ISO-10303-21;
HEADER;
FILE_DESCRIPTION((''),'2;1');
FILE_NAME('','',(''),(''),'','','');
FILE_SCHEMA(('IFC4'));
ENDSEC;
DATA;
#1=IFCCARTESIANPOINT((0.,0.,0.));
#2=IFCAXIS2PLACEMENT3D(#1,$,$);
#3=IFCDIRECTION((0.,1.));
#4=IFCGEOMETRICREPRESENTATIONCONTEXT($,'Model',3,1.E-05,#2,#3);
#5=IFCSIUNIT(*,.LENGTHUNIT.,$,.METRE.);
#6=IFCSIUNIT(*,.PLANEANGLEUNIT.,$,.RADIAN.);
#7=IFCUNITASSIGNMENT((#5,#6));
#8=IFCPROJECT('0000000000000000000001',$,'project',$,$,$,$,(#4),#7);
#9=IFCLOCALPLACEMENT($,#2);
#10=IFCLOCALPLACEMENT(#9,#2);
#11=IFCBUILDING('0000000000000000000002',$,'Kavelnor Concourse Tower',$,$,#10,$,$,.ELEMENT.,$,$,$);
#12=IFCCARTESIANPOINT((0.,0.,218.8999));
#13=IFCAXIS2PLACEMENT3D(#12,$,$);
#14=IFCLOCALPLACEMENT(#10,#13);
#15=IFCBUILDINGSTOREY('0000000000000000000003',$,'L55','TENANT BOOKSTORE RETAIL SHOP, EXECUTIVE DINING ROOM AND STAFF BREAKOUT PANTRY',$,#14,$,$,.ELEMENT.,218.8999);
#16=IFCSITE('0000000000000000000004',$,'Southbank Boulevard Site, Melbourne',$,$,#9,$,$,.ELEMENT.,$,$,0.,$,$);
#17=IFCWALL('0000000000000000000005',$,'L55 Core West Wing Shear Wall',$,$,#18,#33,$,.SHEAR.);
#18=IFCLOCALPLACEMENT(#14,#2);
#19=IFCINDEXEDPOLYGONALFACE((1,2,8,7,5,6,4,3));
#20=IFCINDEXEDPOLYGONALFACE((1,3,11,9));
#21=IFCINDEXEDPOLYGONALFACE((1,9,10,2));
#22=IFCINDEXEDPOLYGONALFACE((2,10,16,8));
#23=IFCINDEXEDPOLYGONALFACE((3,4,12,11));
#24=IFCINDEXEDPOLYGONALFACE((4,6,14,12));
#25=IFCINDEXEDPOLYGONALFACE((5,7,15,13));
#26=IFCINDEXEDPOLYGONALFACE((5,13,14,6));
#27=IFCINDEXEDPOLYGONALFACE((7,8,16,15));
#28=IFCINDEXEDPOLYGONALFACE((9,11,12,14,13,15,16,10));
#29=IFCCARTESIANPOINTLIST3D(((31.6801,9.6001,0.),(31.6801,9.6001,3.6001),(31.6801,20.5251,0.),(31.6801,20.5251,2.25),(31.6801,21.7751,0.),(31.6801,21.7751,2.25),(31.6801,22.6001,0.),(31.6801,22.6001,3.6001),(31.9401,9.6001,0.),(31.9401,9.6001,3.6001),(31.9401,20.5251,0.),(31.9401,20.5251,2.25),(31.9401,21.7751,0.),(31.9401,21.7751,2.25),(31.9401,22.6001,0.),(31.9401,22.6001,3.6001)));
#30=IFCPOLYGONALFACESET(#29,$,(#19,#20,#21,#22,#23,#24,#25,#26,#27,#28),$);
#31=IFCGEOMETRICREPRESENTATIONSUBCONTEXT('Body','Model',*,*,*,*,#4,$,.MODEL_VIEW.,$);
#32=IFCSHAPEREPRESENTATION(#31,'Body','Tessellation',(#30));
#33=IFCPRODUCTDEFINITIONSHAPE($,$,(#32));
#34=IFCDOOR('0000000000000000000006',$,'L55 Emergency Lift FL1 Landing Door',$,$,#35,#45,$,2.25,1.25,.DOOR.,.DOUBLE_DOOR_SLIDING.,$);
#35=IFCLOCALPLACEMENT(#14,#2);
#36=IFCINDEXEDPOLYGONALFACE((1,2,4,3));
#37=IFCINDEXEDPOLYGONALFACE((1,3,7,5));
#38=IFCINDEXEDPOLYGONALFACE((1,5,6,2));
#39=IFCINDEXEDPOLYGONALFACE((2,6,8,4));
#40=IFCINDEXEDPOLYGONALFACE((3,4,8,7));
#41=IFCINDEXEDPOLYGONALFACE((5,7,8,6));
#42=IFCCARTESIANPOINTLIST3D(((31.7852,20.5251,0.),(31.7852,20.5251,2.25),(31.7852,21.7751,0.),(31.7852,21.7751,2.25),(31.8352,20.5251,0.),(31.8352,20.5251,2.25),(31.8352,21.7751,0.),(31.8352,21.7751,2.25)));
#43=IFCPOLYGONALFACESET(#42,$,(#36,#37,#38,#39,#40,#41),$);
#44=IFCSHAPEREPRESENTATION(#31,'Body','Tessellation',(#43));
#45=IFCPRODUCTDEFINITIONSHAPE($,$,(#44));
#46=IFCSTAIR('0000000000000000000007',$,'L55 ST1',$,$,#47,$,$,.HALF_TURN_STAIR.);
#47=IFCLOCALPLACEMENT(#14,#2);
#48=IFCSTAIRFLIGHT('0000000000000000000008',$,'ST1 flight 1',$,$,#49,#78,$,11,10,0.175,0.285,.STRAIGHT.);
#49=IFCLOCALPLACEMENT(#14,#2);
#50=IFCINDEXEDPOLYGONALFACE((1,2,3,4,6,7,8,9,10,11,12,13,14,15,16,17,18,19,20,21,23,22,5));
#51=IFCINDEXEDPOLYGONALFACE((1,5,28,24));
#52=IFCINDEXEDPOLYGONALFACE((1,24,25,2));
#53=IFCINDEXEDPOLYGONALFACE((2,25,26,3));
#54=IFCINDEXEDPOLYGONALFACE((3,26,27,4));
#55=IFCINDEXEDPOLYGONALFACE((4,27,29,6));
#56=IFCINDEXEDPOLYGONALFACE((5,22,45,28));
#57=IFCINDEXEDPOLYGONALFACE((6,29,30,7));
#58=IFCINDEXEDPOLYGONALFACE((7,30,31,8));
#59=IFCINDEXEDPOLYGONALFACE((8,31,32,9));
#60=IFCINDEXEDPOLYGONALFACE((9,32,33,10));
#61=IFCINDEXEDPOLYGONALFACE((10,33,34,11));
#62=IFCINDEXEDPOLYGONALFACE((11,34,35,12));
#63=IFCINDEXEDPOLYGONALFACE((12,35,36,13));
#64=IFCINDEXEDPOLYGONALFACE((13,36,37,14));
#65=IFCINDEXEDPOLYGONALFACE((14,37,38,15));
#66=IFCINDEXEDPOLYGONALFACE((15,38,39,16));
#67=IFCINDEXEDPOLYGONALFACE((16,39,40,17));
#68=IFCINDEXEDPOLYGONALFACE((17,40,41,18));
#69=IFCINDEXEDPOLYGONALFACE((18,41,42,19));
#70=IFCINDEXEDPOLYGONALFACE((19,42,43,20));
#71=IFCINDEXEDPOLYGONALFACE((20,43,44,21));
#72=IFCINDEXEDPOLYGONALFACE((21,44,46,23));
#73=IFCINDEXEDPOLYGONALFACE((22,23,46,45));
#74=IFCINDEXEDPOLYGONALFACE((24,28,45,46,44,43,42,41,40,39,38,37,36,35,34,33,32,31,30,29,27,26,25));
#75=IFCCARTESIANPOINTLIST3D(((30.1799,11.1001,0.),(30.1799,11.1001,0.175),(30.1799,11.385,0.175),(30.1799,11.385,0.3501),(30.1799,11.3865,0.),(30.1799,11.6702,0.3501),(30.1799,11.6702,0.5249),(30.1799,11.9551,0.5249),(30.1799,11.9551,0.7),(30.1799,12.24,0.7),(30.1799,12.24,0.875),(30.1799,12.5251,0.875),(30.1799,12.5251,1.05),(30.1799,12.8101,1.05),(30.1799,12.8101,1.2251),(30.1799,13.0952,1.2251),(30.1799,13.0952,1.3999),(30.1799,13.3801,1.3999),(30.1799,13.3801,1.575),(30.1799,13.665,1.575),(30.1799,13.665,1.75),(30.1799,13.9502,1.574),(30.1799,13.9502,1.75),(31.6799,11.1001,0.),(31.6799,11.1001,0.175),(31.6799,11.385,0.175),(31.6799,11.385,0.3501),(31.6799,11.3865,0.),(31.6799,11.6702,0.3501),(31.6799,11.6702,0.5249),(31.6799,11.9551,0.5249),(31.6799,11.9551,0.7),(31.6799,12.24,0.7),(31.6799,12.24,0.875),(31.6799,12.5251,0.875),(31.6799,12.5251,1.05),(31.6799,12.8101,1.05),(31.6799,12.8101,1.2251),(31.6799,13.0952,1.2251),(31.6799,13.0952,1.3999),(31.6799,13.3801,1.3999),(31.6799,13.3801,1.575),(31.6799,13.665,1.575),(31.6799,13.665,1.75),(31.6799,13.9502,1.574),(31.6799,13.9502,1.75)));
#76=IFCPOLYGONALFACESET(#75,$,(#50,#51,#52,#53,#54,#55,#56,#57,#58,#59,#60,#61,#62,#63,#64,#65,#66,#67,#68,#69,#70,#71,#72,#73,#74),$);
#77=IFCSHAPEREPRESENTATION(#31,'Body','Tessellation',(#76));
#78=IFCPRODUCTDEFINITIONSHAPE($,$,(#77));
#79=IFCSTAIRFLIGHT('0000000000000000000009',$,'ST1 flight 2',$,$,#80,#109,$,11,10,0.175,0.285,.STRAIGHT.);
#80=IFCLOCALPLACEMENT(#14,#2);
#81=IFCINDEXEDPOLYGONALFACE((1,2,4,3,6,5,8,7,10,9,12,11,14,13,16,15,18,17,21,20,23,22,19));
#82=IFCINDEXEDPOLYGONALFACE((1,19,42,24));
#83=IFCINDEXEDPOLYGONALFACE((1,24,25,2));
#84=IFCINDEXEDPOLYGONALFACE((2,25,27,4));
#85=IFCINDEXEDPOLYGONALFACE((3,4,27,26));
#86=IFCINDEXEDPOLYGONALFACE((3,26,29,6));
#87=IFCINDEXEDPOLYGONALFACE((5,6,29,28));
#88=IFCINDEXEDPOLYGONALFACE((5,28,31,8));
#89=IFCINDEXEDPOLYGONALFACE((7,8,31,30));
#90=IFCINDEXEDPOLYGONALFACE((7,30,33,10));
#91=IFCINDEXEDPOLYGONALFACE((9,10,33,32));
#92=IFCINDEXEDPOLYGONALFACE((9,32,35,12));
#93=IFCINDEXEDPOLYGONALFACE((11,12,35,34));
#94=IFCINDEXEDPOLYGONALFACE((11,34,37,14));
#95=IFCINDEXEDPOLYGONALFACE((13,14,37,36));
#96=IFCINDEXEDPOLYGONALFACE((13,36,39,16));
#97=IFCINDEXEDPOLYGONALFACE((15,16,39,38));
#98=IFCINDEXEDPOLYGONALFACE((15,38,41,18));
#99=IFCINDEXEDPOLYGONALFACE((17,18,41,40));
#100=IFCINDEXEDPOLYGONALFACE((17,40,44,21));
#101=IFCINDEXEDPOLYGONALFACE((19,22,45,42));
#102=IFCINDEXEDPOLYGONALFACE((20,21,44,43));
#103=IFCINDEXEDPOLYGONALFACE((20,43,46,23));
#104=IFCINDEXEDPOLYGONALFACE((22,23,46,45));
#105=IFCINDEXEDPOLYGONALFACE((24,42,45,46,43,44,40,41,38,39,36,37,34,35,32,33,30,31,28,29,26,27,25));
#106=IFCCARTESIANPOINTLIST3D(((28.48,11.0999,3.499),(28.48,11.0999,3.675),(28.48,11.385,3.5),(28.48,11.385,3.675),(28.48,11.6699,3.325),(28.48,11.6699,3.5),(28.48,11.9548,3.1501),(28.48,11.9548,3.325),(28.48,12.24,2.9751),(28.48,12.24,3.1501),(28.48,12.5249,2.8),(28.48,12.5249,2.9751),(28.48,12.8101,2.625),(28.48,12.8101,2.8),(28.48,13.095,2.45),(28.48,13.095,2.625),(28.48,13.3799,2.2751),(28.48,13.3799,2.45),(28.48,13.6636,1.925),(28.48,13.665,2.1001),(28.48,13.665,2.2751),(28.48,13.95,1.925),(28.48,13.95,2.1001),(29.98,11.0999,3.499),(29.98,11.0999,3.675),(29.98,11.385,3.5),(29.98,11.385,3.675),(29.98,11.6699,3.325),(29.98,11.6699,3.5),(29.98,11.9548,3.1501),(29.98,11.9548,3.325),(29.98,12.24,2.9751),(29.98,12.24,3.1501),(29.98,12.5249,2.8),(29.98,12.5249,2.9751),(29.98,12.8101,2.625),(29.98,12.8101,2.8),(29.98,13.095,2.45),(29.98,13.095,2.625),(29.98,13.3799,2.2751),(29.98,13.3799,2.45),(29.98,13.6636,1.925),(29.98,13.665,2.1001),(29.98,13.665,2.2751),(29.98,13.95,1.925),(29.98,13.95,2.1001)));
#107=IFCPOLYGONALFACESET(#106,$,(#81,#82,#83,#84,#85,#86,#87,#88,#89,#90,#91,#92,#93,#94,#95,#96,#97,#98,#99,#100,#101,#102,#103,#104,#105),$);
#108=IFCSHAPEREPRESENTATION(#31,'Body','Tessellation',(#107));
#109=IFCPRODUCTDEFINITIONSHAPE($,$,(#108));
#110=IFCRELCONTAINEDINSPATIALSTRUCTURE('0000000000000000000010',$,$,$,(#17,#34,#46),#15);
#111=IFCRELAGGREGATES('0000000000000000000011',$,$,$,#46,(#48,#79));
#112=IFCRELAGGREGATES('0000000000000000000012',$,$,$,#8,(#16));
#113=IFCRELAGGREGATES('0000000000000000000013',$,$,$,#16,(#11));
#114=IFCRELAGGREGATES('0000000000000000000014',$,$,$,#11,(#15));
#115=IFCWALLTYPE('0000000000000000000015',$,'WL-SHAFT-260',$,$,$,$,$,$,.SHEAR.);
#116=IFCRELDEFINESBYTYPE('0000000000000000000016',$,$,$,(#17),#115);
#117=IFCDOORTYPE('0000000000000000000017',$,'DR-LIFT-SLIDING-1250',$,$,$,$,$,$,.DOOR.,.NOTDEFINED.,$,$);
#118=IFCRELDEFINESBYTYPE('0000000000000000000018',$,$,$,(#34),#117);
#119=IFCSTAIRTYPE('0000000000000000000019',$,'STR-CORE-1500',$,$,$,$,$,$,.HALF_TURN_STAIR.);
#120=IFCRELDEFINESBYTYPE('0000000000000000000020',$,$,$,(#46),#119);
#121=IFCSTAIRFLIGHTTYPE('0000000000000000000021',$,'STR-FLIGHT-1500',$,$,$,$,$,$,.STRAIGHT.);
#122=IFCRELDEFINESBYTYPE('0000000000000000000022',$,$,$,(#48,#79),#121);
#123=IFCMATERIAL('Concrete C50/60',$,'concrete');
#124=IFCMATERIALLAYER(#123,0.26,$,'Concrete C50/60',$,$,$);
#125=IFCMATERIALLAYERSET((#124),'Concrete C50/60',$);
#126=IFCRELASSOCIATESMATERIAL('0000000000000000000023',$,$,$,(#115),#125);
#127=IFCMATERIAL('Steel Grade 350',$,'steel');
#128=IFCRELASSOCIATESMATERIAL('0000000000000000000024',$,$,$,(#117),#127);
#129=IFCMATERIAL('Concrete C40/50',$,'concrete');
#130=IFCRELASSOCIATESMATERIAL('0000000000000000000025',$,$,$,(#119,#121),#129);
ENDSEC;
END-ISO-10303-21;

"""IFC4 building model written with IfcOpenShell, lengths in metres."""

from ifc_helpers import new_model, si_unit, direction, frame, frame_2d, origin, place, context, subcontext, project, spatial, polyline, rectangle, outline, extrude, material, layer, layer_set, type_object, element, fill, aggregate, save


model = new_model("IFC4")

# Units and contexts
model_context = context("Model", 3, precision=1e-05, world=origin(), true_north=direction((0.0, 1.0)))
body_context = subcontext(model_context, "Body", "Model", "MODEL_VIEW")
ifc_project = project(units=[si_unit("LENGTHUNIT", "METRE"), si_unit("PLANEANGLEUNIT", "RADIAN")], contexts=[model_context])

# Site, building, storey
site_placement = place(None, origin())
site = spatial("IfcSite", under=ifc_project, at=site_placement, Name="Southbank Boulevard Site, Melbourne", CompositionType="ELEMENT", RefElevation=0.0)
building_placement = place(site_placement, origin())
building = spatial("IfcBuilding", under=site, at=building_placement, Name="Kavelnor Concourse Tower", CompositionType="ELEMENT")
storey_placement = place(building_placement, frame((0.0, 0.0, 218.8999)))
storey = spatial("IfcBuildingStorey", under=building, at=storey_placement, Name="L55", Description="TENANT BOOKSTORE RETAIL SHOP, EXECUTIVE DINING ROOM AND STAFF BREAKOUT PANTRY", CompositionType="ELEMENT", Elevation=218.8999)

# Shared definitions
ifc_material_1 = material(Name="Steel Grade 350", Category="steel")

# Shared definitions
ifc_material_2 = material(Name="Concrete C50/60", Category="concrete")

# Wall, opening, door
ifc_layer_1 = layer(ifc_material_2, 0.26, Name="Concrete C50/60")
ifc_layer_set_1 = layer_set([ifc_layer_1], Name="Concrete C50/60")
wall_type_1 = type_object("IfcWallType", Name="WL-SHAFT-260", PredefinedType="SHEAR", material=ifc_layer_set_1)
wall_1_placement = place(storey_placement, frame((31.8101, 9.6001, 0.0), z_axis=(0.0, 0.0, 1.0), x_axis=(0.0, 1.0, 0.0)))
wall_1 = element("IfcWall", 1, at=wall_1_placement, inside=storey, type_object=wall_type_1, Name="L55 Core West Wing Shear Wall", PredefinedType="SHEAR", context=body_context, shape_type="SweptSolid", body=[
    extrude(rectangle(XDim=13.0, YDim=0.26, at=frame_2d((6.5, 0.0))), origin(), (0.0, 0.0, 1.0), 3.6001),
])
opening_1_placement = place(wall_1_placement, frame((10.925, 0.0, 0.0)))
opening_1 = element("IfcOpeningElement", 2, at=opening_1_placement, cuts=wall_1, PredefinedType="OPENING", context=body_context, shape_type="SweptSolid", body=[
    extrude(rectangle(XDim=1.25, YDim=2.25, at=frame_2d((0.625, 1.125))), frame((0.0, 0.1401, 0.0), z_axis=(0.0, -1.0, 0.0), x_axis=(1.0, 0.0, 0.0)), (0.0, 0.0, 1.0), 0.28),
])
door_type_1 = type_object("IfcDoorType", Name="DR-LIFT-SLIDING-1250", OperationType="NOTDEFINED", PredefinedType="DOOR", material=ifc_material_1)
door_1_placement = place(opening_1_placement, origin())
door_1 = element("IfcDoor", 3, at=door_1_placement, inside=storey, type_object=door_type_1, Name="L55 Emergency Lift FL1 Landing Door", OperationType="DOUBLE_DOOR_SLIDING", OverallHeight=2.25, OverallWidth=1.25, PredefinedType="DOOR", context=body_context, shape_type="SweptSolid", body=[
    extrude(rectangle(XDim=1.25, YDim=2.25, at=frame_2d((0.625, 1.125))), frame((0.0, 0.0249, 0.0), z_axis=(0.0, -1.0, 0.0), x_axis=(1.0, 0.0, 0.0)), (0.0, 0.0, 1.0), 0.05),
])
fill(opening_1, door_1)

# Stair, stair flights
ifc_material_3 = material(Name="Concrete C40/50", Category="concrete")
stair_type = type_object("IfcStairType", Name="STR-CORE-1500", PredefinedType="HALF_TURN_STAIR", material=ifc_material_3)
stair_placement = place(storey_placement, origin())
stair = element("IfcStair", 4, at=stair_placement, inside=storey, type_object=stair_type, Name="L55 ST1", PredefinedType="HALF_TURN_STAIR")
stair_flight_type = type_object("IfcStairFlightType", Name="STR-FLIGHT-1500", PredefinedType="STRAIGHT", material=ifc_material_3)
stair_flight_1_placement = place(storey_placement, frame((30.9299, 11.1001, 0.0), z_axis=(0.0, 0.0, 1.0), x_axis=(0.0, 1.0, 0.0)))
stair_flight_1 = element("IfcStairFlight", 5, at=stair_flight_1_placement, type_object=stair_flight_type, Name="ST1 flight 1", NumberOfRisers=11, NumberOfTreads=10, PredefinedType="STRAIGHT", RiserHeight=0.175, TreadLength=0.285, context=body_context, shape_type="SweptSolid", body=[
    extrude(outline(polyline([(0.0, 0.0), (0.0, 0.175), (0.2849, 0.175), (0.2849, 0.3501), (0.5701, 0.3501), (0.5701, 0.5249), (0.855, 0.5249), (0.855, 0.7), (1.1399, 0.7), (1.1399, 0.875), (1.425, 0.875), (1.425, 1.05), (1.71, 1.05), (1.71, 1.2251), (1.9951, 1.2251), (1.9951, 1.3999), (2.28, 1.3999), (2.28, 1.575), (2.5649, 1.575), (2.5649, 1.75), (2.8501, 1.75), (2.8501, 1.925), (2.8501, 1.574), (0.2864, 0.0), (0.0, 0.0)])), frame((0.0, 0.75, 0.0), z_axis=(0.0, -1.0, 0.0), x_axis=(1.0, 0.0, 0.0)), (0.0, 0.0, 1.0), 1.5),
])
stair_flight_2_placement = place(storey_placement, frame((29.23, 13.95, 1.925), z_axis=(0.0, 0.0, 1.0), x_axis=(0.0, -1.0, 0.0)))
stair_flight_2 = element("IfcStairFlight", 6, at=stair_flight_2_placement, type_object=stair_flight_type, Name="ST1 flight 2", NumberOfRisers=11, NumberOfTreads=10, PredefinedType="STRAIGHT", RiserHeight=0.175, TreadLength=0.285, context=body_context, shape_type="SweptSolid", body=[
    extrude(outline(polyline([(0.0, 0.0), (0.0, 0.175), (0.2849, 0.175), (0.2849, 0.3501), (0.5701, 0.3501), (0.5701, 0.5249), (0.855, 0.5249), (0.855, 0.7), (1.1399, 0.7), (1.1399, 0.875), (1.425, 0.875), (1.425, 1.05), (1.71, 1.05), (1.71, 1.2251), (1.9951, 1.2251), (1.9951, 1.3999), (2.28, 1.3999), (2.28, 1.575), (2.5649, 1.575), (2.5649, 1.75), (2.8501, 1.75), (2.8501, 1.925), (2.8501, 1.574), (0.2864, 0.0), (0.0, 0.0)])), frame((0.0, 0.75, 0.0), z_axis=(0.0, -1.0, 0.0), x_axis=(1.0, 0.0, 0.0)), (0.0, 0.0, 1.0), 1.5),
])
aggregate(stair, [stair_flight_1, stair_flight_2])

save(model, "model.ifc")
